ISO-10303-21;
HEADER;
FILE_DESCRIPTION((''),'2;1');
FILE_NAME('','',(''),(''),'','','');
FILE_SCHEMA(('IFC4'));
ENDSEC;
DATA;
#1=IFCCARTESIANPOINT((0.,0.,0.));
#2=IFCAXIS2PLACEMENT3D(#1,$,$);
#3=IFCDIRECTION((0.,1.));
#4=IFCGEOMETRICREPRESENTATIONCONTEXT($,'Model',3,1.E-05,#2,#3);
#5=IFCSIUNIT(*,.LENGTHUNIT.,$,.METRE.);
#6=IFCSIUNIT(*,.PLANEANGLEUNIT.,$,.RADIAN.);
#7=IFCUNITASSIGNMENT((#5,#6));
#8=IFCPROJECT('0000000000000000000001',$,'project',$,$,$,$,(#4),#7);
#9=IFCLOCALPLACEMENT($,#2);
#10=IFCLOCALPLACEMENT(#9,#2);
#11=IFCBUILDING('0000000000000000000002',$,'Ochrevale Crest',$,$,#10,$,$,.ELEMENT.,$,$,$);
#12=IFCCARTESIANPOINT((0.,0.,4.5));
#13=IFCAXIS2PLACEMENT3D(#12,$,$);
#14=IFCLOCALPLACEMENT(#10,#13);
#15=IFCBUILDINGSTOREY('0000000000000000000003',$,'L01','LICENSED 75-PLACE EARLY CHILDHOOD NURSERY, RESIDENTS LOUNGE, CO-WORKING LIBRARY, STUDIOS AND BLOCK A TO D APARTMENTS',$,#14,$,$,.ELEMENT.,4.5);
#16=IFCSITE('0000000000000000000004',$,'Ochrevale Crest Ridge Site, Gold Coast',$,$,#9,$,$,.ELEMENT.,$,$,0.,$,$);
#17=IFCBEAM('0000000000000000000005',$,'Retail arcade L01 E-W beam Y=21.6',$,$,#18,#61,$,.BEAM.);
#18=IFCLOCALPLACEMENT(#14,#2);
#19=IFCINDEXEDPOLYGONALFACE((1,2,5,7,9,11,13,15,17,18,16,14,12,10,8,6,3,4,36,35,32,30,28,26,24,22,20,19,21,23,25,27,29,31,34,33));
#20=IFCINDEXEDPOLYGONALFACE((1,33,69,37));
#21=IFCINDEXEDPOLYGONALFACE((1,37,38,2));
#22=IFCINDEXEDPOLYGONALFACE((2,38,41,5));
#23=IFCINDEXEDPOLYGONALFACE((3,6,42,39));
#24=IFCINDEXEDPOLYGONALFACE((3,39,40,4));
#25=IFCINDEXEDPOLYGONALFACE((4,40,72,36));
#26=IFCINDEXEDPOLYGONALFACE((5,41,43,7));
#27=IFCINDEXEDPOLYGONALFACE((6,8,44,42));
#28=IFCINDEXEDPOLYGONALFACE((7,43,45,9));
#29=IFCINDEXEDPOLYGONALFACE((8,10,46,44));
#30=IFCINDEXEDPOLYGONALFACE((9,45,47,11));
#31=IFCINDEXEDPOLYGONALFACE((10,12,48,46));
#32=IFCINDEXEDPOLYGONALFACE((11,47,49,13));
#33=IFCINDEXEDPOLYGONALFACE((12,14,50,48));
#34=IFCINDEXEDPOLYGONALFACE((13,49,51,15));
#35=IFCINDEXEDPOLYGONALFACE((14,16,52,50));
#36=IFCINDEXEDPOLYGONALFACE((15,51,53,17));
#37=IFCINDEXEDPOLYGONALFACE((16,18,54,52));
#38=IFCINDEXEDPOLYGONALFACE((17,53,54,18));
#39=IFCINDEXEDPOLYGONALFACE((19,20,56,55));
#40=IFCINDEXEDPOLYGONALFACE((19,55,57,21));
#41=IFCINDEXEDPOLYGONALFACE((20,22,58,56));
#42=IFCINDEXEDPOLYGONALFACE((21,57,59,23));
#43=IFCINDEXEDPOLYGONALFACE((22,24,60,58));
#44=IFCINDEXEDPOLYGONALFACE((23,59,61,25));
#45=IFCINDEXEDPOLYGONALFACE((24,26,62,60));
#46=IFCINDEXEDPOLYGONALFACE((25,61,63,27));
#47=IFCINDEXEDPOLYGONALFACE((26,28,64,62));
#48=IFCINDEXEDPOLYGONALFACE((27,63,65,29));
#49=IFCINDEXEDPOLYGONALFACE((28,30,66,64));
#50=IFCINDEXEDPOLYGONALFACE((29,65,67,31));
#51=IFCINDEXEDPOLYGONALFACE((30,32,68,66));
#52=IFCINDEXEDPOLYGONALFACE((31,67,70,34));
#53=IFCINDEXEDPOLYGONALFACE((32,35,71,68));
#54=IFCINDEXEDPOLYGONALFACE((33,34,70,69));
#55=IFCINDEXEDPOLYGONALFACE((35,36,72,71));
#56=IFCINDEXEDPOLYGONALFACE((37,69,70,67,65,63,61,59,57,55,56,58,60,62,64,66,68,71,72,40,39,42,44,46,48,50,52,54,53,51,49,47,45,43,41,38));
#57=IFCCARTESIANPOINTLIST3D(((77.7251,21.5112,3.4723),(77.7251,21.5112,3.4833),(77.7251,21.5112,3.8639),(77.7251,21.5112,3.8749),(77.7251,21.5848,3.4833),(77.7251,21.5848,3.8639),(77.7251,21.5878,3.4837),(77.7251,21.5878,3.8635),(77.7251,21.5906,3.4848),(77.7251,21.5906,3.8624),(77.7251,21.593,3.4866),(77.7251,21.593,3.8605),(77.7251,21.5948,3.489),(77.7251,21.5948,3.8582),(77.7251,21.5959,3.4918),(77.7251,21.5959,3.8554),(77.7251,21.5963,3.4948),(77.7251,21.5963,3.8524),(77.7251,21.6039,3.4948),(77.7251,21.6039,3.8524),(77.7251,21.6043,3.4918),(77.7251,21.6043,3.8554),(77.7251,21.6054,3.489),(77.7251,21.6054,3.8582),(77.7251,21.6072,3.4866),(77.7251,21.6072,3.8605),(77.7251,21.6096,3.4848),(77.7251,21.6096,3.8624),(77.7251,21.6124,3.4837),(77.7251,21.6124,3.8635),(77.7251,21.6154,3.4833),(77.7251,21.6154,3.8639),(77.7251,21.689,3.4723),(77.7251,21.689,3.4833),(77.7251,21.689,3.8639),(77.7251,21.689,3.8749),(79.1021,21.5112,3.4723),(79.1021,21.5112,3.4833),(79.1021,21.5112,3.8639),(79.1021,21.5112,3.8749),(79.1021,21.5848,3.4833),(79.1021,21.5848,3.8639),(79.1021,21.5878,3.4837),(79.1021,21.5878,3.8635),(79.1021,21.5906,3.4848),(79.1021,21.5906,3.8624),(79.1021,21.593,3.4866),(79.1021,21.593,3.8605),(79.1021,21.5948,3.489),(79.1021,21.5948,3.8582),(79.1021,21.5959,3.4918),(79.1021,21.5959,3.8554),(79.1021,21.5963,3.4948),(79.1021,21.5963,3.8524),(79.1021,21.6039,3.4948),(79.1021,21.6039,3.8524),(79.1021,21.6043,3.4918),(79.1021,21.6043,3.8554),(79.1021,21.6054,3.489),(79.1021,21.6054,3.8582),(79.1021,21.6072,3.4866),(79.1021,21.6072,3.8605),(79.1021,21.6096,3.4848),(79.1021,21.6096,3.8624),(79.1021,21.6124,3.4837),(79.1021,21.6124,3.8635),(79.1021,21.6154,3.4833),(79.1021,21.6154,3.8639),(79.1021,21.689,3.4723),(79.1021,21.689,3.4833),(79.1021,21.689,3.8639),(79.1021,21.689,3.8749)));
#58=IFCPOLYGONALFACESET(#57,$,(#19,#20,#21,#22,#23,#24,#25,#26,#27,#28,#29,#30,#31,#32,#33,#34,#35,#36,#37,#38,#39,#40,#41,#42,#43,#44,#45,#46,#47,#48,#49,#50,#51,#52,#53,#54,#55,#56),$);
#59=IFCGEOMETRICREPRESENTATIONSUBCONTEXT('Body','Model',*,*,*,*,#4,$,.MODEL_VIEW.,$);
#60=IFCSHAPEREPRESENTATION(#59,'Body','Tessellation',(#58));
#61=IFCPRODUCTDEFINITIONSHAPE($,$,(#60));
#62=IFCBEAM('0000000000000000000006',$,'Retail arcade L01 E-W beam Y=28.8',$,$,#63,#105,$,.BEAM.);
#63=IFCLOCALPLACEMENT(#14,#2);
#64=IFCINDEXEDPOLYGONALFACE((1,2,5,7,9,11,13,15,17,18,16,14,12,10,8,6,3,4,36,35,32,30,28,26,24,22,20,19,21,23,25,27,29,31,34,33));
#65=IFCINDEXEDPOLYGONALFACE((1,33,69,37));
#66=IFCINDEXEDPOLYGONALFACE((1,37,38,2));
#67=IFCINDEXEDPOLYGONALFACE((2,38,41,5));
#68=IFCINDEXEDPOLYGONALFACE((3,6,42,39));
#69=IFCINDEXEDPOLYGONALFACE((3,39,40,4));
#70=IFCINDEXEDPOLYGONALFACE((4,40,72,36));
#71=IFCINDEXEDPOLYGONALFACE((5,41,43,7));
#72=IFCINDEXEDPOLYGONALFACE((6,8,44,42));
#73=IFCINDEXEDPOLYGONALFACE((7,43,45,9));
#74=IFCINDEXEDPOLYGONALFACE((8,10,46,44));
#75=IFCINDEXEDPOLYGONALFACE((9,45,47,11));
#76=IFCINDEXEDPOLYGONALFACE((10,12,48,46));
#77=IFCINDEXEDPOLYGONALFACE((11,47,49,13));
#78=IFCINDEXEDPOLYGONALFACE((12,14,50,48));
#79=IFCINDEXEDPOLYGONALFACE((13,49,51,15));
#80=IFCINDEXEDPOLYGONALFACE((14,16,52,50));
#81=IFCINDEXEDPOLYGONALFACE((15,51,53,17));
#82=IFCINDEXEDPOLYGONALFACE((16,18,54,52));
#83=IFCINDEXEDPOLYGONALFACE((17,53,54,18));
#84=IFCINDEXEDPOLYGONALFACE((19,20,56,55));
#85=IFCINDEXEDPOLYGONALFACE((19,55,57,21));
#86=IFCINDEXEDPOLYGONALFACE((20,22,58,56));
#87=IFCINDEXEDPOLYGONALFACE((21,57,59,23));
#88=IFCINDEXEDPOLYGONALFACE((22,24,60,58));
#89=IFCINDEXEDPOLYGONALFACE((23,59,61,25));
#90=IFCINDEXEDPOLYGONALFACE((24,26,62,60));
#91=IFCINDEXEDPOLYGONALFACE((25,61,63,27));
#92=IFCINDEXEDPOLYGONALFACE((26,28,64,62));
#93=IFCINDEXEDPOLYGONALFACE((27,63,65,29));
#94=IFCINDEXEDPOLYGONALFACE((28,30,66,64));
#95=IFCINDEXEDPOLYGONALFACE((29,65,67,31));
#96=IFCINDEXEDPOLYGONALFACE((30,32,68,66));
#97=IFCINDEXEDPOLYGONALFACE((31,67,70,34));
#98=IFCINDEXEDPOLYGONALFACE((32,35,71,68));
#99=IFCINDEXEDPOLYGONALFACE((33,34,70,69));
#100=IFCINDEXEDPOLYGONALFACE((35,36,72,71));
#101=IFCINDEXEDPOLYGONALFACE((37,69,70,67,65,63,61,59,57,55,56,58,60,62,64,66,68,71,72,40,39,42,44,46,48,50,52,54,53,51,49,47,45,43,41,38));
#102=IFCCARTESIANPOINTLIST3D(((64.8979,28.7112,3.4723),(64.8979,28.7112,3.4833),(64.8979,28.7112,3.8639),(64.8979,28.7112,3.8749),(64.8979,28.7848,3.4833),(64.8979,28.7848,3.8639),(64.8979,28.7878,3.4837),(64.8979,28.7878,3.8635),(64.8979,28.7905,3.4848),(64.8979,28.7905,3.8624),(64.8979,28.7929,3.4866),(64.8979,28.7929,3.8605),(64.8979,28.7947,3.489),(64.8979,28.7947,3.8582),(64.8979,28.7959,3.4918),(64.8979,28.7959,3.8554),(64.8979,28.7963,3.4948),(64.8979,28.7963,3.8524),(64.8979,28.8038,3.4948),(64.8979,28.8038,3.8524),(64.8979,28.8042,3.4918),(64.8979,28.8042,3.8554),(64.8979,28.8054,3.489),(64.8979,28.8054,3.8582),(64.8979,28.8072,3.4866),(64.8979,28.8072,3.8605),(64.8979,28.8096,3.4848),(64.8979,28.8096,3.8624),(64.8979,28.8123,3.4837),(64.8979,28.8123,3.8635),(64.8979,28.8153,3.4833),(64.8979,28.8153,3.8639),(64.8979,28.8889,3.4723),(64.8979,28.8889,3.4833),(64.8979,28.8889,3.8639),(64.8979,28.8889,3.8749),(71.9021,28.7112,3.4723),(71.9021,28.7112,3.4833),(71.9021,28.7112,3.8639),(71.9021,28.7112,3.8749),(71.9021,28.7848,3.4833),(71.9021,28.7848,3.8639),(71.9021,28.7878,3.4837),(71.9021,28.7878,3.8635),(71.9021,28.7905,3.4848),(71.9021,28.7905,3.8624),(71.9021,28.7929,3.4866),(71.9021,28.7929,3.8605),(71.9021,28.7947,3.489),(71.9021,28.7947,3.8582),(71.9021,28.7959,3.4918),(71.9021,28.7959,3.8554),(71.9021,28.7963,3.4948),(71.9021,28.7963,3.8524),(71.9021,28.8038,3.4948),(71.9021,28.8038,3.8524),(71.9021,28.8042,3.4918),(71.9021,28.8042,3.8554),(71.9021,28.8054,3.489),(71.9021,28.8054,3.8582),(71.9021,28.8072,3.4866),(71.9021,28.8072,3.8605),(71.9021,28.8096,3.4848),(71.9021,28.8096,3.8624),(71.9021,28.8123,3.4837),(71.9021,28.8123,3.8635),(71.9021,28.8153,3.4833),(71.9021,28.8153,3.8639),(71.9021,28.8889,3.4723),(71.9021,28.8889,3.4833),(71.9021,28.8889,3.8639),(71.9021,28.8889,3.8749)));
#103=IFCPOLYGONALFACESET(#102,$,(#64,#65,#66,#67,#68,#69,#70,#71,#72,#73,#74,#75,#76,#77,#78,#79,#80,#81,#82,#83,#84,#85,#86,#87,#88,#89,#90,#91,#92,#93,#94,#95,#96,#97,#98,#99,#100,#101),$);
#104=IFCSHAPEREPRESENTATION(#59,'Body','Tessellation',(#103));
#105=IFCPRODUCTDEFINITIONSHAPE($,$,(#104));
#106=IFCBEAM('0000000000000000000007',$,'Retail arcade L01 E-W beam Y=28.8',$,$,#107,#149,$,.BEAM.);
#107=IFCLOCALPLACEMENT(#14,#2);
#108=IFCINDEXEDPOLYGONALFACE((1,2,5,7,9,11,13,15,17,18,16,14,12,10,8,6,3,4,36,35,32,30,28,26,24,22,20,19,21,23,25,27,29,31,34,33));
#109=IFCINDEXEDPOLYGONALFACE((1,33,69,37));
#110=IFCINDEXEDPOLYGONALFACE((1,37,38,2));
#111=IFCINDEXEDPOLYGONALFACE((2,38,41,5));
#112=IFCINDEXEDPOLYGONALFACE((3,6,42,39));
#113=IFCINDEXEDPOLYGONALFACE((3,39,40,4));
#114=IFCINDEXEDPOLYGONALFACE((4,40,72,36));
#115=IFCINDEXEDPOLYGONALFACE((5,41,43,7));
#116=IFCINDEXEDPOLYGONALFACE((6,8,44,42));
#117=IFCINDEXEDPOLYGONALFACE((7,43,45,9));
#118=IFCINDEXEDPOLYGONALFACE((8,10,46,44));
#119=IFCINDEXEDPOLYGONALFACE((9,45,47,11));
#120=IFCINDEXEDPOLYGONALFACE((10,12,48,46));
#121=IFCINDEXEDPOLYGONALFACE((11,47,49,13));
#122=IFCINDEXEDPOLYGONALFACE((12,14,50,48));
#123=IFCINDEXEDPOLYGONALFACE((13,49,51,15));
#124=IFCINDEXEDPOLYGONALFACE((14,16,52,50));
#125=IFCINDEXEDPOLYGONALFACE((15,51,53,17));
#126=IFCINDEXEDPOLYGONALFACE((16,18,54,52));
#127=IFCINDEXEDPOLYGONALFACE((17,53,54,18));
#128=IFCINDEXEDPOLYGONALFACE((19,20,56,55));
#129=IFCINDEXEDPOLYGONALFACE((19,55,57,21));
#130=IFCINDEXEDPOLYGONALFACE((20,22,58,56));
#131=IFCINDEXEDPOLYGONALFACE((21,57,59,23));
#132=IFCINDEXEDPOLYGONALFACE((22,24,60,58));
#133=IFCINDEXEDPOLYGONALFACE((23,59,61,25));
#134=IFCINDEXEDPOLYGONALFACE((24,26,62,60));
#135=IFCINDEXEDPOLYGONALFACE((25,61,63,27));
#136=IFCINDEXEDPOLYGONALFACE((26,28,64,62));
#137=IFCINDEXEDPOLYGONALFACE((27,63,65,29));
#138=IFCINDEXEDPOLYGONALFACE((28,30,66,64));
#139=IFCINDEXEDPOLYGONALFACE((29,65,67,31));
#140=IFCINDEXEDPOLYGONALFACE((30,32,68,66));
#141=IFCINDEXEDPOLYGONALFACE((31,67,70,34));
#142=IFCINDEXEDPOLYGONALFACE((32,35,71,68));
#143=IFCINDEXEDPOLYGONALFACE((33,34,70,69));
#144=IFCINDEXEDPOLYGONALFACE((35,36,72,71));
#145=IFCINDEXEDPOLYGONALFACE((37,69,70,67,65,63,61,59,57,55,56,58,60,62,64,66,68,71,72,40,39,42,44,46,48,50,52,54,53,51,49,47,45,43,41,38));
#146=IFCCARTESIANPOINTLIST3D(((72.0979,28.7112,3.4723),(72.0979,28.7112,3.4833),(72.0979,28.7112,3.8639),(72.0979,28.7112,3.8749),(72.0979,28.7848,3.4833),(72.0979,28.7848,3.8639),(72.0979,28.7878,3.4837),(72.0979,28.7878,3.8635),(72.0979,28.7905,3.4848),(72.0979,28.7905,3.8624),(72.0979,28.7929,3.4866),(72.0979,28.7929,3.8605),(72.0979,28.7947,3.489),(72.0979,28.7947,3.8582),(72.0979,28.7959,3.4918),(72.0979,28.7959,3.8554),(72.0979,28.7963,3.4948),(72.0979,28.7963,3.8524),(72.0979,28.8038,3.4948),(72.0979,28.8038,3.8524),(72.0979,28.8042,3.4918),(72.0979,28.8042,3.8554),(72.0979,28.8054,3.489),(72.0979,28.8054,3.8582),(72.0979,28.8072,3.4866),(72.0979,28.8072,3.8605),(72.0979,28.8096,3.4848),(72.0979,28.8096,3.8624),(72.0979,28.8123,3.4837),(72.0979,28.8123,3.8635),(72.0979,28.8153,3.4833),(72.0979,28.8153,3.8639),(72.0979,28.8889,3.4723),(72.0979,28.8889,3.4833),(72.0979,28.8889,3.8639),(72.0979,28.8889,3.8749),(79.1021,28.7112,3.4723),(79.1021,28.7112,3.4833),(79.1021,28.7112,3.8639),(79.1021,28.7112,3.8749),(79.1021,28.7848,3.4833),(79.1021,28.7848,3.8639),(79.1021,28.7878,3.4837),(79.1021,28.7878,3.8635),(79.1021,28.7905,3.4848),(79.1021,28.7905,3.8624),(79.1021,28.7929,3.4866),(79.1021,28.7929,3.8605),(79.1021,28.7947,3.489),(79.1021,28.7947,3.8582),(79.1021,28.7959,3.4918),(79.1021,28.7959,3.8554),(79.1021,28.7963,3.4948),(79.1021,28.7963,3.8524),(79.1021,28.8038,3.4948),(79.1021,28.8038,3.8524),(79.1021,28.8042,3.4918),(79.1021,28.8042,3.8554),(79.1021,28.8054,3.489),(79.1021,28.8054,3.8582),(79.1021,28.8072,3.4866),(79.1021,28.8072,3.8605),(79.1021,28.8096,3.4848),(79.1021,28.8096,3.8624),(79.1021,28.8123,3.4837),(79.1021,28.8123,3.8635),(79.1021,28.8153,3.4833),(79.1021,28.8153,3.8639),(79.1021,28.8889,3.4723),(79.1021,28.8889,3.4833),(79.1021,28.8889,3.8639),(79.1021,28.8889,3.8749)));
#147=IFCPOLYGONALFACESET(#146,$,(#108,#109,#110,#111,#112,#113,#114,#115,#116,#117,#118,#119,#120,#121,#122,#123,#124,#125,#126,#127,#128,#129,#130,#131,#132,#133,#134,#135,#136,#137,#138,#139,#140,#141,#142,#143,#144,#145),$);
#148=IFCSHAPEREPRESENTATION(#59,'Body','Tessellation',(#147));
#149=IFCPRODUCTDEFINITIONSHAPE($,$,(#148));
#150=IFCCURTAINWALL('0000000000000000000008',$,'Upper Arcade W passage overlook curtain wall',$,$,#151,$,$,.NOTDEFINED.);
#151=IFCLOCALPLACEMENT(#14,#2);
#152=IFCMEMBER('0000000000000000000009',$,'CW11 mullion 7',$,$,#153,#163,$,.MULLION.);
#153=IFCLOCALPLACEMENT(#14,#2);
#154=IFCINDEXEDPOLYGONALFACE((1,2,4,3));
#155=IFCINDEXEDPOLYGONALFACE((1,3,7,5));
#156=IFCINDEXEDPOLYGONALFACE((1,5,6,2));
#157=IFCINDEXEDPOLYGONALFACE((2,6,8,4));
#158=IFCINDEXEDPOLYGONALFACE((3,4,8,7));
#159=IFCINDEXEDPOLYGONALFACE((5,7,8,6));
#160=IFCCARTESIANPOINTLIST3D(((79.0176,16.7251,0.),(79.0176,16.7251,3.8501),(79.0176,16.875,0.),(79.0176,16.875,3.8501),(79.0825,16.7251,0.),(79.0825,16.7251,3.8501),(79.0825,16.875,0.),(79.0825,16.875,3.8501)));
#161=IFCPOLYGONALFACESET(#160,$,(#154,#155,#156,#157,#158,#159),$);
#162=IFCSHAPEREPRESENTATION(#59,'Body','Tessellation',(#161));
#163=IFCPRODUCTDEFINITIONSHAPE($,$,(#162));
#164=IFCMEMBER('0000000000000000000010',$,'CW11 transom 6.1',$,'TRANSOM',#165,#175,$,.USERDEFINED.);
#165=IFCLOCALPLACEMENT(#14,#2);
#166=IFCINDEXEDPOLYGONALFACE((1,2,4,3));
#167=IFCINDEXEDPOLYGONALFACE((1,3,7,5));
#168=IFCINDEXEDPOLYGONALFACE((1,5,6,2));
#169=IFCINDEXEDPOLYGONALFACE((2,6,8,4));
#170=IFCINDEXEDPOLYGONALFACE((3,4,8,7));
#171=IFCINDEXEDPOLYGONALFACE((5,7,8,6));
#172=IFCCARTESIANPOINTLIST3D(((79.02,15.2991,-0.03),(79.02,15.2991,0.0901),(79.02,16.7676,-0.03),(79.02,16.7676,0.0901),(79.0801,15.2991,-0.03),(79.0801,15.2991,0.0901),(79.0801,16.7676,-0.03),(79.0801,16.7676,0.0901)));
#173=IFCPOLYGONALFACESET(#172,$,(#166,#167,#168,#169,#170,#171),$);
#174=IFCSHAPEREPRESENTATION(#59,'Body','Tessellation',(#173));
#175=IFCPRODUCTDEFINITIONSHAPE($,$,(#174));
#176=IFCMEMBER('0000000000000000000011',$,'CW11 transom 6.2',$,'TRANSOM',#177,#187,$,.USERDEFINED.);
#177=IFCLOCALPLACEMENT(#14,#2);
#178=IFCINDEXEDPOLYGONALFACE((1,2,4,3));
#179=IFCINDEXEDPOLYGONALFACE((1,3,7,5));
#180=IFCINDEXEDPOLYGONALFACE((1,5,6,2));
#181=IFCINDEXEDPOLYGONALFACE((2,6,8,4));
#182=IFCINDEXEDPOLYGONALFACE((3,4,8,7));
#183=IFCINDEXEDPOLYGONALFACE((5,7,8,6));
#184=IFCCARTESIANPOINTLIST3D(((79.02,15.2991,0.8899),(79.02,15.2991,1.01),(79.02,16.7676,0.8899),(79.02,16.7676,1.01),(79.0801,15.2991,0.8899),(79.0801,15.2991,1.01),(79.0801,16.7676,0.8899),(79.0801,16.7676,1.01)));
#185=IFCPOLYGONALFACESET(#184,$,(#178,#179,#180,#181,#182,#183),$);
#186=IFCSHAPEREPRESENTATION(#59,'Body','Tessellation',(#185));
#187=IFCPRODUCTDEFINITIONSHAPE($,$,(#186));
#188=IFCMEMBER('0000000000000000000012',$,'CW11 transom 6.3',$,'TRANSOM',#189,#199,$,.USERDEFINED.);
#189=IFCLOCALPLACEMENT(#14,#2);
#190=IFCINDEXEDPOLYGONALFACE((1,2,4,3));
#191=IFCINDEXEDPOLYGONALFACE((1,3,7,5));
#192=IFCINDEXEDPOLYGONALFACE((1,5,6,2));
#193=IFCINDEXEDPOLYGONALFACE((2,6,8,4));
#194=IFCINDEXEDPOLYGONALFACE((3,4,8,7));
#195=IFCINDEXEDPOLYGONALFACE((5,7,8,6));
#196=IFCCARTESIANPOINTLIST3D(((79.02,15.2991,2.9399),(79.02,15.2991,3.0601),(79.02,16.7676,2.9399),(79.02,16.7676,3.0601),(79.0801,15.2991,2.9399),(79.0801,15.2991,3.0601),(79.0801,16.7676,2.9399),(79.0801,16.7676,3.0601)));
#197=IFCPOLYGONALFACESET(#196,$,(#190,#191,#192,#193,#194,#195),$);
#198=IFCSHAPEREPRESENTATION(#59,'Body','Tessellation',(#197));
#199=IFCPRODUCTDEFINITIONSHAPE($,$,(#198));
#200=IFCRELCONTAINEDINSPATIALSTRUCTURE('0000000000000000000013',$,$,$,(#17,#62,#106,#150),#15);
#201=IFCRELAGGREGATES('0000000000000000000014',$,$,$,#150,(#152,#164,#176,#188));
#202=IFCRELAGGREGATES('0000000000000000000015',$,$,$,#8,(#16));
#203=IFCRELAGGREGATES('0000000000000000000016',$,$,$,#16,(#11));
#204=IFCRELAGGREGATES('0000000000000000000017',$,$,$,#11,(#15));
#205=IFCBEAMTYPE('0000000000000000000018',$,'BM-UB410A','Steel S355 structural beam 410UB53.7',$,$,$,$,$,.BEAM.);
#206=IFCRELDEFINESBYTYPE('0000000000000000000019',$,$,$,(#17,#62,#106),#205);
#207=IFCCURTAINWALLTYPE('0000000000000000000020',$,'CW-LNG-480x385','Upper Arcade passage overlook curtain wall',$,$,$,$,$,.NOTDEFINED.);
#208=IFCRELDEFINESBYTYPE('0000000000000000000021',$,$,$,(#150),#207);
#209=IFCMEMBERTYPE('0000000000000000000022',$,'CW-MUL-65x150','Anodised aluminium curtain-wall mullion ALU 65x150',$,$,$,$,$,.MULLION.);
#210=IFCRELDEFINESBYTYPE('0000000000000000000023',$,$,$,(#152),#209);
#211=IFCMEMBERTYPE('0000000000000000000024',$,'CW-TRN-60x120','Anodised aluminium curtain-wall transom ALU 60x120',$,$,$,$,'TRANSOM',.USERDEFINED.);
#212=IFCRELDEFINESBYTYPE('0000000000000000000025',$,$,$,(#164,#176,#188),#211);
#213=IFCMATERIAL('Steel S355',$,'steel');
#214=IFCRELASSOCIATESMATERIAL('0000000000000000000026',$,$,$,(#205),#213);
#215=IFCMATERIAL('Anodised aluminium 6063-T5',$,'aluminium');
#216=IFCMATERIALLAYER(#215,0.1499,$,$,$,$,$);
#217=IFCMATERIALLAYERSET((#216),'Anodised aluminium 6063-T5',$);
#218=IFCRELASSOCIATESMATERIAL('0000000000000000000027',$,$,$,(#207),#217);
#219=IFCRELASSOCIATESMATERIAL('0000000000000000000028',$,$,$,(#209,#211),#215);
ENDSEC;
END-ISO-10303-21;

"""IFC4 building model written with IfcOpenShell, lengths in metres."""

from ifc_helpers import new_model, si_unit, direction, frame, origin, origin_2d, place, context, subcontext, project, spatial, rectangle, i_section, extrude, material, layer, layer_set, material_profile, profile_set, type_object, element, aggregate, save


model = new_model("IFC4")

# Units and contexts
model_context = context("Model", 3, precision=1e-05, world=origin(), true_north=direction((0.0, 1.0)))
body_context = subcontext(model_context, "Body", "Model", "MODEL_VIEW")
ifc_project = project(units=[si_unit("LENGTHUNIT", "METRE"), si_unit("PLANEANGLEUNIT", "RADIAN")], contexts=[model_context])

# Site, building, storey
site_placement = place(None, origin())
site = spatial("IfcSite", under=ifc_project, at=site_placement, Name="Ochrevale Crest Ridge Site, Gold Coast", CompositionType="ELEMENT", RefElevation=0.0)
building_placement = place(site_placement, origin())
building = spatial("IfcBuilding", under=site, at=building_placement, Name="Ochrevale Crest", CompositionType="ELEMENT")
storey_placement = place(building_placement, frame((0.0, 0.0, 4.5)))
storey = spatial("IfcBuildingStorey", under=building, at=storey_placement, Name="L01", Description="LICENSED 75-PLACE EARLY CHILDHOOD NURSERY, RESIDENTS LOUNGE, CO-WORKING LIBRARY, STUDIOS AND BLOCK A TO D APARTMENTS", CompositionType="ELEMENT", Elevation=4.5)

# Shared definitions
ifc_material_1 = material(Name="Steel S355", Category="steel")

# Beams
ifc_material_profile_1 = material_profile(ifc_material_1, i_section(OverallWidth=0.1777, OverallDepth=0.4026, WebThickness=0.0076, FlangeThickness=0.011, FilletRadius=0.0115, at=origin_2d()), Name="410UB53.7")
ifc_profile_set_1 = profile_set([ifc_material_profile_1], Name="Steel S355")
beam_type_1 = type_object("IfcBeamType", Name="BM-UB410A", Description="Steel S355 structural beam 410UB53.7", PredefinedType="BEAM", material=ifc_profile_set_1)
beam_1_placement = place(storey_placement, frame((77.7251, 21.6001, 3.6736), z_axis=(1.0, 0.0, 0.0), x_axis=(0.0, 1.0, 0.0)))
element("IfcBeam", 1, at=beam_1_placement, inside=storey, type_object=beam_type_1, Name="Retail arcade L01 E-W beam Y=21.6", PredefinedType="BEAM", context=body_context, shape_type="SweptSolid", body=[
    extrude(i_section(OverallWidth=0.1777, OverallDepth=0.4026, WebThickness=0.0076, FlangeThickness=0.011, FilletRadius=0.0115, at=origin_2d()), origin(), (0.0, 0.0, 1.0), 1.377),
])
for number, where, z_axis, x_axis, name in (
    (2, (64.8979, 28.8, 3.6736), (1.0, 0.0, 0.0), (0.0, 1.0, 0.0), "Retail arcade L01 E-W beam Y=28.8"),
    (3, (72.0979, 28.8, 3.6736), (1.0, 0.0, 0.0), (0.0, 1.0, 0.0), "Retail arcade L01 E-W beam Y=28.8"),
):
    element("IfcBeam", number, at=place(storey_placement, frame(where, z_axis=z_axis, x_axis=x_axis)), inside=storey, type_object=beam_type_1, Name=name, PredefinedType="BEAM", context=body_context, shape_type="SweptSolid", body=[
        extrude(i_section(OverallWidth=0.1777, OverallDepth=0.4026, WebThickness=0.0076, FlangeThickness=0.011, FilletRadius=0.0115, at=origin_2d()), origin(), (0.0, 0.0, 1.0), 7.0042),
    ])

# Curtain wall, members
ifc_material_2 = material(Name="Anodised aluminium 6063-T5", Category="aluminium")
ifc_layer_1 = layer(ifc_material_2, 0.1499)
ifc_layer_set_1 = layer_set([ifc_layer_1], Name="Anodised aluminium 6063-T5")
curtain_wall_type = type_object("IfcCurtainWallType", Name="CW-LNG-480x385", Description="Upper Arcade passage overlook curtain wall", PredefinedType="NOTDEFINED", material=ifc_layer_set_1)
curtain_wall_placement = place(storey_placement, origin())
curtain_wall = element("IfcCurtainWall", 4, at=curtain_wall_placement, inside=storey, type_object=curtain_wall_type, Name="Upper Arcade W passage overlook curtain wall", PredefinedType="NOTDEFINED")
ifc_material_profile_2 = material_profile(ifc_material_2, rectangle(XDim=0.0649, YDim=0.1499, at=origin_2d()), Name="ALU 65x150")
ifc_profile_set_2 = profile_set([ifc_material_profile_2], Name="Anodised aluminium 6063-T5")
member_type_1 = type_object("IfcMemberType", Name="CW-MUL-65x150", Description="Anodised aluminium curtain-wall mullion ALU 65x150", PredefinedType="MULLION", material=ifc_profile_set_2)
member_1_placement = place(storey_placement, frame((79.05, 16.8, 0.0), z_axis=(0.0, 0.0, 1.0), x_axis=(-1.0, 0.0, 0.0)))
member_1 = element("IfcMember", 5, at=member_1_placement, type_object=member_type_1, Name="CW11 mullion 7", PredefinedType="MULLION", context=body_context, shape_type="SweptSolid", body=[
    extrude(rectangle(XDim=0.0649, YDim=0.1499, at=origin_2d()), origin(), (0.0, 0.0, 1.0), 3.8501),
])
ifc_material_profile_3 = material_profile(ifc_material_2, rectangle(XDim=0.0601, YDim=0.1201, at=origin_2d()), Name="ALU 60x120")
ifc_profile_set_3 = profile_set([ifc_material_profile_3], Name="Anodised aluminium 6063-T5")
member_type_2 = type_object("IfcMemberType", Name="CW-TRN-60x120", Description="Anodised aluminium curtain-wall transom ALU 60x120", ElementType="TRANSOM", PredefinedType="USERDEFINED", material=ifc_profile_set_3)
member_2_placement = place(storey_placement, frame((79.05, 15.2991, 0.03), z_axis=(0.0, 1.0, 0.0), x_axis=(-1.0, 0.0, 0.0)))
member_2 = element("IfcMember", 6, at=member_2_placement, type_object=member_type_2, Name="CW11 transom 6.1", ObjectType="TRANSOM", PredefinedType="USERDEFINED", context=body_context, shape_type="SweptSolid", body=[
    extrude(rectangle(XDim=0.0601, YDim=0.1201, at=origin_2d()), origin(), (0.0, 0.0, 1.0), 1.4685),
])
member_3_placement = place(storey_placement, frame((79.05, 15.2991, 0.95), z_axis=(0.0, 1.0, 0.0), x_axis=(-1.0, 0.0, 0.0)))
member_3 = element("IfcMember", 7, at=member_3_placement, type_object=member_type_2, Name="CW11 transom 6.2", ObjectType="TRANSOM", PredefinedType="USERDEFINED", context=body_context, shape_type="SweptSolid", body=[
    extrude(rectangle(XDim=0.0601, YDim=0.1201, at=origin_2d()), origin(), (0.0, 0.0, 1.0), 1.4685),
])
member_4_placement = place(storey_placement, frame((79.05, 15.2991, 3.0), z_axis=(0.0, 1.0, 0.0), x_axis=(-1.0, 0.0, 0.0)))
member_4 = element("IfcMember", 8, at=member_4_placement, type_object=member_type_2, Name="CW11 transom 6.3", ObjectType="TRANSOM", PredefinedType="USERDEFINED", context=body_context, shape_type="SweptSolid", body=[
    extrude(rectangle(XDim=0.0601, YDim=0.1201, at=origin_2d()), origin(), (0.0, 0.0, 1.0), 1.4685),
])
aggregate(curtain_wall, [member_1, member_2, member_3, member_4])

save(model, "model.ifc")
